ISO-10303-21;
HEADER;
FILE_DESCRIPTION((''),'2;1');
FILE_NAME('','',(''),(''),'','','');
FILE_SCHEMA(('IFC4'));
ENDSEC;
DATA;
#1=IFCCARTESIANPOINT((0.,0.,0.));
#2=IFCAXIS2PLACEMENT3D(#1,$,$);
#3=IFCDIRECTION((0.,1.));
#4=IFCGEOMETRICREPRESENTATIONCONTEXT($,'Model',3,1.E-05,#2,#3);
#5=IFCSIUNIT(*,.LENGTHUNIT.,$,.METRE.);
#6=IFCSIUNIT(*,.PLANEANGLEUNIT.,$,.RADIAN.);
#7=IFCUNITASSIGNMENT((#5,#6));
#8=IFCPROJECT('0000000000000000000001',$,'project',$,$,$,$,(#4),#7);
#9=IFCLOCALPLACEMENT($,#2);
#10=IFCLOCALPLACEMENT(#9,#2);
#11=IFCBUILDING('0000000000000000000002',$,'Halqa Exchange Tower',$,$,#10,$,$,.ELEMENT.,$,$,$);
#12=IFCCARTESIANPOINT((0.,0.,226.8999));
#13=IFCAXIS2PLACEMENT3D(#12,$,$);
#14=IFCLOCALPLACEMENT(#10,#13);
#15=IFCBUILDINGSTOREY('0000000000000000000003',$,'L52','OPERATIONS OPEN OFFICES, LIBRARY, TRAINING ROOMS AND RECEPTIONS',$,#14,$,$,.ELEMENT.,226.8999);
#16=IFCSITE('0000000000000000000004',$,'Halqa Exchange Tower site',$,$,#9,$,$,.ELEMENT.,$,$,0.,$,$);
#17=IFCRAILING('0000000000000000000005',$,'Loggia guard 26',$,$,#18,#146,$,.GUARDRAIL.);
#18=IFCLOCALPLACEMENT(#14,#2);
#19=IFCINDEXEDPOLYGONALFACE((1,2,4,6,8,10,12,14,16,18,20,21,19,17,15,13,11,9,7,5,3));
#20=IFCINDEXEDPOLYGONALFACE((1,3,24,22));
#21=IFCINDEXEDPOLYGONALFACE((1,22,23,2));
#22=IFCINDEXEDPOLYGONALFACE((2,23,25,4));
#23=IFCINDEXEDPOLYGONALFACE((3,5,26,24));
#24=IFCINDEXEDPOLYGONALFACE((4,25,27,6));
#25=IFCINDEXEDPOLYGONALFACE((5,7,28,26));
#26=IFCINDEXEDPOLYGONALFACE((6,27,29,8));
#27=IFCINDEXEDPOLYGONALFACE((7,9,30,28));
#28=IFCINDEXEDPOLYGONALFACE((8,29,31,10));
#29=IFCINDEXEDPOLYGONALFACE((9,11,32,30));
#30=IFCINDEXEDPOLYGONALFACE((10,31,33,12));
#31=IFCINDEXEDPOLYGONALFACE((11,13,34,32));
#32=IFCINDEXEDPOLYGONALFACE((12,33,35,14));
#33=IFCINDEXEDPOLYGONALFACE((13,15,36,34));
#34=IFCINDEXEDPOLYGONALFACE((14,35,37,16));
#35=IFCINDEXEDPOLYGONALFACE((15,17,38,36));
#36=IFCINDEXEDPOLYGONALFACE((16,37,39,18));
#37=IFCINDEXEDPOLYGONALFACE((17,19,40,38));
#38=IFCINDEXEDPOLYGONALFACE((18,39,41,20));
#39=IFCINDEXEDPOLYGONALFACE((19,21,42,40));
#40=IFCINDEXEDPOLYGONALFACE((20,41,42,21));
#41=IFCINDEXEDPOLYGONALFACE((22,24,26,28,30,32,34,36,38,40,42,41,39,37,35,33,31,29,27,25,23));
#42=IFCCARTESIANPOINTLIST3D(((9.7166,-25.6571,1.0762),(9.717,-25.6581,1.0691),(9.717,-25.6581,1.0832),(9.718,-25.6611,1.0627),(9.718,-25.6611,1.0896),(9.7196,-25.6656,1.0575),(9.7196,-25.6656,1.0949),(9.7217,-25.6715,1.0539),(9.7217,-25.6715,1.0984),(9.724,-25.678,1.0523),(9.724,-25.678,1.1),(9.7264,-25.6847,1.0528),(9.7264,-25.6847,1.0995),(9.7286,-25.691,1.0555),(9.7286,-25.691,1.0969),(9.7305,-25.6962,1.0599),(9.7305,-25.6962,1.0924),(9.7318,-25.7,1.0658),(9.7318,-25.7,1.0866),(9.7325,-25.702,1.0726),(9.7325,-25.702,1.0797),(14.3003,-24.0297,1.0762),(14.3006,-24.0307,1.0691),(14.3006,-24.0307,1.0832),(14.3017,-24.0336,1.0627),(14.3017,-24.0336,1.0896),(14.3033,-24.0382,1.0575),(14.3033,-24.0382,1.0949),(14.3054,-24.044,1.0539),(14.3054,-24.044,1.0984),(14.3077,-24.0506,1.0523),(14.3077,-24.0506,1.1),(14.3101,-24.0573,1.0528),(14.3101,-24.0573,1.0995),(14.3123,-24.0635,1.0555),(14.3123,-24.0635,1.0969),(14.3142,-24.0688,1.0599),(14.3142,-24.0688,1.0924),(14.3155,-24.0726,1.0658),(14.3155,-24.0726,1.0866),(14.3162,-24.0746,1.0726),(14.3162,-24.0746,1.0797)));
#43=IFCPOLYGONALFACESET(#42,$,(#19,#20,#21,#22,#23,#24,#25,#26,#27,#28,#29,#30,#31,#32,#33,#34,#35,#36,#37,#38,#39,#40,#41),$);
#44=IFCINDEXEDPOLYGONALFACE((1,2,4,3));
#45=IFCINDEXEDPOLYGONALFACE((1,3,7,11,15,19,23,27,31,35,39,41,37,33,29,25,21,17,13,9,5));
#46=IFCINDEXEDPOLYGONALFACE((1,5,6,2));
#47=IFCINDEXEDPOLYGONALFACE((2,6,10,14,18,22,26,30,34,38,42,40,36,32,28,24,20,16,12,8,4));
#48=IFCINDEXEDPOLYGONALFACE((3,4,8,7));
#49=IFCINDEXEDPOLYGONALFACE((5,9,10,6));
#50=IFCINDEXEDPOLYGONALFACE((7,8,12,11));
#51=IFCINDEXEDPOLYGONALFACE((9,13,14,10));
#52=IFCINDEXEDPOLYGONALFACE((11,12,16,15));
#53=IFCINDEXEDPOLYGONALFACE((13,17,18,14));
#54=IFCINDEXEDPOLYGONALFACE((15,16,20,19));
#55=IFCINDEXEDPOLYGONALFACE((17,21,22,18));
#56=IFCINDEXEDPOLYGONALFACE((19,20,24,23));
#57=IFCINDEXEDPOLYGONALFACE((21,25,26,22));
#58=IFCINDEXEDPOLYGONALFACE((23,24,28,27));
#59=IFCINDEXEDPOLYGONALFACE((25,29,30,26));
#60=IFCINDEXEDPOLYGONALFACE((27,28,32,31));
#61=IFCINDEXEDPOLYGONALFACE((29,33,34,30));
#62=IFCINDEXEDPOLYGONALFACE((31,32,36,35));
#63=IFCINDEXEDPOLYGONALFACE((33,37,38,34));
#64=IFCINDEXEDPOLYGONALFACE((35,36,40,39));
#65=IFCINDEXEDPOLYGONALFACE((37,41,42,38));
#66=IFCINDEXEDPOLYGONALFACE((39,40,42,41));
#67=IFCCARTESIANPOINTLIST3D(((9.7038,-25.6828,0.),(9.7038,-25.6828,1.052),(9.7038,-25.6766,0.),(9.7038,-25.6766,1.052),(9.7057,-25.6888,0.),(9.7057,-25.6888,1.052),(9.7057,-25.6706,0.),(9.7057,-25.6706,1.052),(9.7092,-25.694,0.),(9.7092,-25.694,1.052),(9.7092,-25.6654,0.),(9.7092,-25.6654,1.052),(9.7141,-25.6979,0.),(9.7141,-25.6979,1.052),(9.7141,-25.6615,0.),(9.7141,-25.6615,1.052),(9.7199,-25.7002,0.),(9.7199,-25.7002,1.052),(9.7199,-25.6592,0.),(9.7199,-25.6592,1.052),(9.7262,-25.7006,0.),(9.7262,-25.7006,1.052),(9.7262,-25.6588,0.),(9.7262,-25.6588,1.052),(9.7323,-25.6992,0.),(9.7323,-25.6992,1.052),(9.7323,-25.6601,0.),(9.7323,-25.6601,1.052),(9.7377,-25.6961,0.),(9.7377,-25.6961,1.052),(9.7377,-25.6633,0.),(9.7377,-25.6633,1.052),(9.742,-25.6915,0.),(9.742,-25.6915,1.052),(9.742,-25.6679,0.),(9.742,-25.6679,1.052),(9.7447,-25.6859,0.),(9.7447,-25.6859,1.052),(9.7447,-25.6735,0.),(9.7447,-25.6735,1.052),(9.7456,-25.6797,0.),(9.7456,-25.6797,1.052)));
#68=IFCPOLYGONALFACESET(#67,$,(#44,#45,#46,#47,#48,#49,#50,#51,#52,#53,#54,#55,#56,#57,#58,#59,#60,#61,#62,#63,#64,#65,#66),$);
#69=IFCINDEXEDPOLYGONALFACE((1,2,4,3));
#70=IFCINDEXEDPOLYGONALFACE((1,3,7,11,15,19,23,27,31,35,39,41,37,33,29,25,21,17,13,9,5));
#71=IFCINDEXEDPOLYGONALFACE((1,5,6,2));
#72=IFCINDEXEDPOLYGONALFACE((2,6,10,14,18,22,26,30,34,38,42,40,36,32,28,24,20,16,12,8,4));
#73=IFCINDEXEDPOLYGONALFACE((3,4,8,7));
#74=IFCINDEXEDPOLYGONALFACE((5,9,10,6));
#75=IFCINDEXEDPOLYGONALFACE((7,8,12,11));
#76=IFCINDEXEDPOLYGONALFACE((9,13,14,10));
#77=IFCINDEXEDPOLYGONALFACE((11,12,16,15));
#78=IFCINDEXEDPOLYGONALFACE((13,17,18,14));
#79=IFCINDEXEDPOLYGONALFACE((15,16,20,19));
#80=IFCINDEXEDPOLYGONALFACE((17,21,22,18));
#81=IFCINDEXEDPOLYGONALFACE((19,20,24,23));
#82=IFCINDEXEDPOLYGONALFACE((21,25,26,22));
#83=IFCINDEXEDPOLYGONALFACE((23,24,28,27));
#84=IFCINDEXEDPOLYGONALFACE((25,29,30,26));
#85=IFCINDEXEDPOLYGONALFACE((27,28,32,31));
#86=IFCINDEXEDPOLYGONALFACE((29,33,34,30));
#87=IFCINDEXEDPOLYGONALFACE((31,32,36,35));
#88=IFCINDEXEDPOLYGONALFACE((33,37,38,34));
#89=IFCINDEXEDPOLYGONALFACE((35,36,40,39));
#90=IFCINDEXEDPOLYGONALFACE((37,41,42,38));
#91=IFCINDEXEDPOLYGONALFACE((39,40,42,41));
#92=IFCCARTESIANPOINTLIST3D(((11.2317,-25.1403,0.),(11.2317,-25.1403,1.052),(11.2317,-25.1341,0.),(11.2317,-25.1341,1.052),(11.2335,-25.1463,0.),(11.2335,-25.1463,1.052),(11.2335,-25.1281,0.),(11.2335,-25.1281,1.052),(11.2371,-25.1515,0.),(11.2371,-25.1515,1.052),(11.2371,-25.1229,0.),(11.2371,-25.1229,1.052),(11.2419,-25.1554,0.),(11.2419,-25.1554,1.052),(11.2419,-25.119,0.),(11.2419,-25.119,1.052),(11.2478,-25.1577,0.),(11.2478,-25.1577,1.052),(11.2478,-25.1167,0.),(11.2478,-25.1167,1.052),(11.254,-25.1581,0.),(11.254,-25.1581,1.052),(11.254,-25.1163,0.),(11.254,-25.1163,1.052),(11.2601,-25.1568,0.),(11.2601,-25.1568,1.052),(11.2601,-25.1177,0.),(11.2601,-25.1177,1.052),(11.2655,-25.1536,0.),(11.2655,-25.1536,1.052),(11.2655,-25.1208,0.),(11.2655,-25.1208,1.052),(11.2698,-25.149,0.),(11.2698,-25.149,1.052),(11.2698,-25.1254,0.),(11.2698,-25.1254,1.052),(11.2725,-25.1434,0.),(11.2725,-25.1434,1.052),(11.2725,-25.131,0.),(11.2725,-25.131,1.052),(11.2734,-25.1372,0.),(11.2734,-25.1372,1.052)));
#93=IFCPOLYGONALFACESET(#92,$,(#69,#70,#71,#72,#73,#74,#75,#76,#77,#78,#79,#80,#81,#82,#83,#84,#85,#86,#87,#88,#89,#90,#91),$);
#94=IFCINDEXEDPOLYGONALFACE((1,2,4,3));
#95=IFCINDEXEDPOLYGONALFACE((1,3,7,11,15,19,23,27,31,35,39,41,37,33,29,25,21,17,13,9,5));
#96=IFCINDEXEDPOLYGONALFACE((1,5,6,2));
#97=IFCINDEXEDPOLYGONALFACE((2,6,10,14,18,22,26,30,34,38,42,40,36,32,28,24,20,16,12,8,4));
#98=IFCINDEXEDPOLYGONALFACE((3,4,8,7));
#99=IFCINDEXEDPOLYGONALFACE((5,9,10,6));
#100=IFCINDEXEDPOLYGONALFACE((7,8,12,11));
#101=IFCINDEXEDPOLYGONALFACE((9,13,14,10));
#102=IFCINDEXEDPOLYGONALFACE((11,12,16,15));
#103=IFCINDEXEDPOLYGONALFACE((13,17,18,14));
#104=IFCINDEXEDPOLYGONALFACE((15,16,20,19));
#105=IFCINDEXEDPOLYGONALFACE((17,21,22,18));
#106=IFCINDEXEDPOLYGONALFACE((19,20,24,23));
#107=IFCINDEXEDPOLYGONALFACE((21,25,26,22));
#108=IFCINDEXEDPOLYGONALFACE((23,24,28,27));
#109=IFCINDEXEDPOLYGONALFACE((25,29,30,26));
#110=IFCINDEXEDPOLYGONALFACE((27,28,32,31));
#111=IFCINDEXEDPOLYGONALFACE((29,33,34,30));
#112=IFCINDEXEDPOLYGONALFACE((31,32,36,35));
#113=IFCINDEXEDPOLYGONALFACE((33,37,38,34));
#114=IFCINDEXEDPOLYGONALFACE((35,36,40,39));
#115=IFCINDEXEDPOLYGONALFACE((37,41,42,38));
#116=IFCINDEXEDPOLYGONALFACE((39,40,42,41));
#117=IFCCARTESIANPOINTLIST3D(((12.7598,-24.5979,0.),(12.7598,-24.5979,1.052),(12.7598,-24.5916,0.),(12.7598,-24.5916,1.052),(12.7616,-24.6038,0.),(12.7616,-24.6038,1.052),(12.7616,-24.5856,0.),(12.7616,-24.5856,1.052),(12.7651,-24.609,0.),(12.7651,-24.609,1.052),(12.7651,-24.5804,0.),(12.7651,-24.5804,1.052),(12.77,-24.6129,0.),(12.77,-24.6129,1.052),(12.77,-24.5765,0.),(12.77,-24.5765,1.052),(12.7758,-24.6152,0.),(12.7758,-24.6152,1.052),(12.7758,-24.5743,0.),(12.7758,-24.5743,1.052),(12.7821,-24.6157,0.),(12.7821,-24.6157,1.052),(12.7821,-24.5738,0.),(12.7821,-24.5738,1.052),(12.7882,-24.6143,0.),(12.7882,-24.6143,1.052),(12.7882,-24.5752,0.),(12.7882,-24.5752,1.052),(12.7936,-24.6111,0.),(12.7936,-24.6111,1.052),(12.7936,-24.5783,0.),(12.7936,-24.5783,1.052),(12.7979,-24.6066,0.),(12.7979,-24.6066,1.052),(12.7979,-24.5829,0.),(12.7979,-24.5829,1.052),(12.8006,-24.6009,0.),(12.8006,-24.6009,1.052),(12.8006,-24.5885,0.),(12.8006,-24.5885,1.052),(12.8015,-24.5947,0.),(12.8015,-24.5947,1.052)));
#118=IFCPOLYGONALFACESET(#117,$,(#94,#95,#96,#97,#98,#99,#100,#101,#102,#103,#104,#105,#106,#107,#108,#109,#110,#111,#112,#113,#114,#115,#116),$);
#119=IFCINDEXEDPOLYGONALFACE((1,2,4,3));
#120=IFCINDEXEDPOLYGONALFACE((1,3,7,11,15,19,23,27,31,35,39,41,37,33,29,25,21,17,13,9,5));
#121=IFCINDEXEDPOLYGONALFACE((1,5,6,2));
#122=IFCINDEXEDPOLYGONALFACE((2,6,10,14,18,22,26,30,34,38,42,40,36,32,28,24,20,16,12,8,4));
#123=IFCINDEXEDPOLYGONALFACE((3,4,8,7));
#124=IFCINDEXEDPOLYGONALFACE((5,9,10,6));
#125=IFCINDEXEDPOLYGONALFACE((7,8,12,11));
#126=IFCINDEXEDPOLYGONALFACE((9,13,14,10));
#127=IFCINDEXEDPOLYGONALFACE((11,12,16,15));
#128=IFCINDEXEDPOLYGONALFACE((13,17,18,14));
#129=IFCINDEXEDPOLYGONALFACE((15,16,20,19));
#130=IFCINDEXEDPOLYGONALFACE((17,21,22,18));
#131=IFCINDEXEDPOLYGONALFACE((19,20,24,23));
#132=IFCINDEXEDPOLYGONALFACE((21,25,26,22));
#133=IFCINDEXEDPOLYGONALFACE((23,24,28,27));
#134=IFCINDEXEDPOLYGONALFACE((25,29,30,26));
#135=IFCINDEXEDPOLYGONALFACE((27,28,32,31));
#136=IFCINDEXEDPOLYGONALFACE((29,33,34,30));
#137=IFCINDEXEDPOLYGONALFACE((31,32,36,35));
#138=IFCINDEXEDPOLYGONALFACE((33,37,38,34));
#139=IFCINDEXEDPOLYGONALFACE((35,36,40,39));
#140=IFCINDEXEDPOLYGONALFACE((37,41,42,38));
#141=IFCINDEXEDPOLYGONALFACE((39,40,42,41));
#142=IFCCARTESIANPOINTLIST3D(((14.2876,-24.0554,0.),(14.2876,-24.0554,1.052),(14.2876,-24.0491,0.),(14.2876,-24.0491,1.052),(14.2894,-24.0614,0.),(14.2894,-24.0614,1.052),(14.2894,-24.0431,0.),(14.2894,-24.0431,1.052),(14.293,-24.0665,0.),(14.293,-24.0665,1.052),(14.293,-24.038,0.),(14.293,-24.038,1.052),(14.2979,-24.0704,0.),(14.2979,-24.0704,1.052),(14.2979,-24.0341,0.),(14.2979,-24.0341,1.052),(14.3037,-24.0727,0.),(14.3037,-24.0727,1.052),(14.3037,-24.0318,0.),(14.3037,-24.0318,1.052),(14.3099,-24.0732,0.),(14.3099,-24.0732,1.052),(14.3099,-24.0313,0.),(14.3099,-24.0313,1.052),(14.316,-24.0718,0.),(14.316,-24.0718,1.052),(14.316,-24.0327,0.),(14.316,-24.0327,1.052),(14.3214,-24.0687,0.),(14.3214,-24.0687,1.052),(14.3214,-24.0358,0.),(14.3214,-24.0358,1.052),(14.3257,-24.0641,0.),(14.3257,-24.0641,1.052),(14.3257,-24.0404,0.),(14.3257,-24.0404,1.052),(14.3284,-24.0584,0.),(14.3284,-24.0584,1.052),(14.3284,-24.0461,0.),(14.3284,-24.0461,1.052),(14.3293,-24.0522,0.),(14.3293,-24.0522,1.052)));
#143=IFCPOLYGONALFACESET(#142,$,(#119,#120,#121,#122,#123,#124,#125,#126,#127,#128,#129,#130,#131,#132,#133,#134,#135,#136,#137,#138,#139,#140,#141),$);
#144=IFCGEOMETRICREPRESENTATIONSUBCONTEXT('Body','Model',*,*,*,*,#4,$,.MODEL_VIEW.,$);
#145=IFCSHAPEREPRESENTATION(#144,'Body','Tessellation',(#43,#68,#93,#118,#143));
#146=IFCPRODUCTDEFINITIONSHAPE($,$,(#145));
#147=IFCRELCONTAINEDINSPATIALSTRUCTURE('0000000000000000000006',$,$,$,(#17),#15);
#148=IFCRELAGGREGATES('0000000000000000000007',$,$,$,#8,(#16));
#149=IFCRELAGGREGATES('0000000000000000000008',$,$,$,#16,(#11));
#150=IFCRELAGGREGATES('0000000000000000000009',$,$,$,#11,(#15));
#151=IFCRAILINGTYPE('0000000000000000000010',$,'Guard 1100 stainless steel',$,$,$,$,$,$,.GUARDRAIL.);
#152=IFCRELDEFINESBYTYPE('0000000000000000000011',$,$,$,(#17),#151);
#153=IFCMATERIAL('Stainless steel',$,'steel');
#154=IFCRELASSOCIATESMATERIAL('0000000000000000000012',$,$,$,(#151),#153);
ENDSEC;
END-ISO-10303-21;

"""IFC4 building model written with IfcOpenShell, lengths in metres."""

from ifc_helpers import new_model, si_unit, direction, frame, origin, origin_2d, place, context, subcontext, project, spatial, circle, extrude, material, type_object, element, save


model = new_model("IFC4")

# Units and contexts
model_context = context("Model", 3, precision=1e-05, world=origin(), true_north=direction((0.0, 1.0)))
body_context = subcontext(model_context, "Body", "Model", "MODEL_VIEW")
ifc_project = project(units=[si_unit("LENGTHUNIT", "METRE"), si_unit("PLANEANGLEUNIT", "RADIAN")], contexts=[model_context])

# Site, building, storey
site_placement = place(None, origin())
site = spatial("IfcSite", under=ifc_project, at=site_placement, Name="Halqa Exchange Tower site", CompositionType="ELEMENT", RefElevation=0.0)
building_placement = place(site_placement, origin())
building = spatial("IfcBuilding", under=site, at=building_placement, Name="Halqa Exchange Tower", CompositionType="ELEMENT")
storey_placement = place(building_placement, frame((0.0, 0.0, 226.8999)))
storey = spatial("IfcBuildingStorey", under=building, at=storey_placement, Name="L52", Description="OPERATIONS OPEN OFFICES, LIBRARY, TRAINING ROOMS AND RECEPTIONS", CompositionType="ELEMENT", Elevation=226.8999)

# Railing
ifc_material_1 = material(Name="Stainless steel", Category="steel")
railing_type = type_object("IfcRailingType", Name="Guard 1100 stainless steel", PredefinedType="GUARDRAIL", material=ifc_material_1)
railing_1_placement = place(storey_placement, frame((9.7246, -25.6797, 0.0)))
element("IfcRailing", 1, at=railing_1_placement, inside=storey, type_object=railing_type, Name="Loggia guard 26", PredefinedType="GUARDRAIL", context=body_context, shape_type="SweptSolid", body=[
    extrude(circle(Radius=0.0239, at=origin_2d()), frame((0.0, 0.0, 1.0762), z_axis=(0.942366, 0.334584, 0.0), x_axis=(-0.334584, 0.942366, 0.0)), (0.0, 0.0, 1.0), 4.864),
    extrude(circle(Radius=0.021, at=origin_2d()), origin(), (0.0, 0.0, 1.0), 1.052),
    extrude(circle(Radius=0.021, at=origin_2d()), frame((1.5278, 0.5425, 0.0)), (0.0, 0.0, 1.0), 1.052),
    extrude(circle(Radius=0.021, at=origin_2d()), frame((3.0559, 1.085, 0.0)), (0.0, 0.0, 1.0), 1.052),
    extrude(circle(Radius=0.021, at=origin_2d()), frame((4.5837, 1.6274, 0.0)), (0.0, 0.0, 1.0), 1.052),
])

save(model, "model.ifc")
